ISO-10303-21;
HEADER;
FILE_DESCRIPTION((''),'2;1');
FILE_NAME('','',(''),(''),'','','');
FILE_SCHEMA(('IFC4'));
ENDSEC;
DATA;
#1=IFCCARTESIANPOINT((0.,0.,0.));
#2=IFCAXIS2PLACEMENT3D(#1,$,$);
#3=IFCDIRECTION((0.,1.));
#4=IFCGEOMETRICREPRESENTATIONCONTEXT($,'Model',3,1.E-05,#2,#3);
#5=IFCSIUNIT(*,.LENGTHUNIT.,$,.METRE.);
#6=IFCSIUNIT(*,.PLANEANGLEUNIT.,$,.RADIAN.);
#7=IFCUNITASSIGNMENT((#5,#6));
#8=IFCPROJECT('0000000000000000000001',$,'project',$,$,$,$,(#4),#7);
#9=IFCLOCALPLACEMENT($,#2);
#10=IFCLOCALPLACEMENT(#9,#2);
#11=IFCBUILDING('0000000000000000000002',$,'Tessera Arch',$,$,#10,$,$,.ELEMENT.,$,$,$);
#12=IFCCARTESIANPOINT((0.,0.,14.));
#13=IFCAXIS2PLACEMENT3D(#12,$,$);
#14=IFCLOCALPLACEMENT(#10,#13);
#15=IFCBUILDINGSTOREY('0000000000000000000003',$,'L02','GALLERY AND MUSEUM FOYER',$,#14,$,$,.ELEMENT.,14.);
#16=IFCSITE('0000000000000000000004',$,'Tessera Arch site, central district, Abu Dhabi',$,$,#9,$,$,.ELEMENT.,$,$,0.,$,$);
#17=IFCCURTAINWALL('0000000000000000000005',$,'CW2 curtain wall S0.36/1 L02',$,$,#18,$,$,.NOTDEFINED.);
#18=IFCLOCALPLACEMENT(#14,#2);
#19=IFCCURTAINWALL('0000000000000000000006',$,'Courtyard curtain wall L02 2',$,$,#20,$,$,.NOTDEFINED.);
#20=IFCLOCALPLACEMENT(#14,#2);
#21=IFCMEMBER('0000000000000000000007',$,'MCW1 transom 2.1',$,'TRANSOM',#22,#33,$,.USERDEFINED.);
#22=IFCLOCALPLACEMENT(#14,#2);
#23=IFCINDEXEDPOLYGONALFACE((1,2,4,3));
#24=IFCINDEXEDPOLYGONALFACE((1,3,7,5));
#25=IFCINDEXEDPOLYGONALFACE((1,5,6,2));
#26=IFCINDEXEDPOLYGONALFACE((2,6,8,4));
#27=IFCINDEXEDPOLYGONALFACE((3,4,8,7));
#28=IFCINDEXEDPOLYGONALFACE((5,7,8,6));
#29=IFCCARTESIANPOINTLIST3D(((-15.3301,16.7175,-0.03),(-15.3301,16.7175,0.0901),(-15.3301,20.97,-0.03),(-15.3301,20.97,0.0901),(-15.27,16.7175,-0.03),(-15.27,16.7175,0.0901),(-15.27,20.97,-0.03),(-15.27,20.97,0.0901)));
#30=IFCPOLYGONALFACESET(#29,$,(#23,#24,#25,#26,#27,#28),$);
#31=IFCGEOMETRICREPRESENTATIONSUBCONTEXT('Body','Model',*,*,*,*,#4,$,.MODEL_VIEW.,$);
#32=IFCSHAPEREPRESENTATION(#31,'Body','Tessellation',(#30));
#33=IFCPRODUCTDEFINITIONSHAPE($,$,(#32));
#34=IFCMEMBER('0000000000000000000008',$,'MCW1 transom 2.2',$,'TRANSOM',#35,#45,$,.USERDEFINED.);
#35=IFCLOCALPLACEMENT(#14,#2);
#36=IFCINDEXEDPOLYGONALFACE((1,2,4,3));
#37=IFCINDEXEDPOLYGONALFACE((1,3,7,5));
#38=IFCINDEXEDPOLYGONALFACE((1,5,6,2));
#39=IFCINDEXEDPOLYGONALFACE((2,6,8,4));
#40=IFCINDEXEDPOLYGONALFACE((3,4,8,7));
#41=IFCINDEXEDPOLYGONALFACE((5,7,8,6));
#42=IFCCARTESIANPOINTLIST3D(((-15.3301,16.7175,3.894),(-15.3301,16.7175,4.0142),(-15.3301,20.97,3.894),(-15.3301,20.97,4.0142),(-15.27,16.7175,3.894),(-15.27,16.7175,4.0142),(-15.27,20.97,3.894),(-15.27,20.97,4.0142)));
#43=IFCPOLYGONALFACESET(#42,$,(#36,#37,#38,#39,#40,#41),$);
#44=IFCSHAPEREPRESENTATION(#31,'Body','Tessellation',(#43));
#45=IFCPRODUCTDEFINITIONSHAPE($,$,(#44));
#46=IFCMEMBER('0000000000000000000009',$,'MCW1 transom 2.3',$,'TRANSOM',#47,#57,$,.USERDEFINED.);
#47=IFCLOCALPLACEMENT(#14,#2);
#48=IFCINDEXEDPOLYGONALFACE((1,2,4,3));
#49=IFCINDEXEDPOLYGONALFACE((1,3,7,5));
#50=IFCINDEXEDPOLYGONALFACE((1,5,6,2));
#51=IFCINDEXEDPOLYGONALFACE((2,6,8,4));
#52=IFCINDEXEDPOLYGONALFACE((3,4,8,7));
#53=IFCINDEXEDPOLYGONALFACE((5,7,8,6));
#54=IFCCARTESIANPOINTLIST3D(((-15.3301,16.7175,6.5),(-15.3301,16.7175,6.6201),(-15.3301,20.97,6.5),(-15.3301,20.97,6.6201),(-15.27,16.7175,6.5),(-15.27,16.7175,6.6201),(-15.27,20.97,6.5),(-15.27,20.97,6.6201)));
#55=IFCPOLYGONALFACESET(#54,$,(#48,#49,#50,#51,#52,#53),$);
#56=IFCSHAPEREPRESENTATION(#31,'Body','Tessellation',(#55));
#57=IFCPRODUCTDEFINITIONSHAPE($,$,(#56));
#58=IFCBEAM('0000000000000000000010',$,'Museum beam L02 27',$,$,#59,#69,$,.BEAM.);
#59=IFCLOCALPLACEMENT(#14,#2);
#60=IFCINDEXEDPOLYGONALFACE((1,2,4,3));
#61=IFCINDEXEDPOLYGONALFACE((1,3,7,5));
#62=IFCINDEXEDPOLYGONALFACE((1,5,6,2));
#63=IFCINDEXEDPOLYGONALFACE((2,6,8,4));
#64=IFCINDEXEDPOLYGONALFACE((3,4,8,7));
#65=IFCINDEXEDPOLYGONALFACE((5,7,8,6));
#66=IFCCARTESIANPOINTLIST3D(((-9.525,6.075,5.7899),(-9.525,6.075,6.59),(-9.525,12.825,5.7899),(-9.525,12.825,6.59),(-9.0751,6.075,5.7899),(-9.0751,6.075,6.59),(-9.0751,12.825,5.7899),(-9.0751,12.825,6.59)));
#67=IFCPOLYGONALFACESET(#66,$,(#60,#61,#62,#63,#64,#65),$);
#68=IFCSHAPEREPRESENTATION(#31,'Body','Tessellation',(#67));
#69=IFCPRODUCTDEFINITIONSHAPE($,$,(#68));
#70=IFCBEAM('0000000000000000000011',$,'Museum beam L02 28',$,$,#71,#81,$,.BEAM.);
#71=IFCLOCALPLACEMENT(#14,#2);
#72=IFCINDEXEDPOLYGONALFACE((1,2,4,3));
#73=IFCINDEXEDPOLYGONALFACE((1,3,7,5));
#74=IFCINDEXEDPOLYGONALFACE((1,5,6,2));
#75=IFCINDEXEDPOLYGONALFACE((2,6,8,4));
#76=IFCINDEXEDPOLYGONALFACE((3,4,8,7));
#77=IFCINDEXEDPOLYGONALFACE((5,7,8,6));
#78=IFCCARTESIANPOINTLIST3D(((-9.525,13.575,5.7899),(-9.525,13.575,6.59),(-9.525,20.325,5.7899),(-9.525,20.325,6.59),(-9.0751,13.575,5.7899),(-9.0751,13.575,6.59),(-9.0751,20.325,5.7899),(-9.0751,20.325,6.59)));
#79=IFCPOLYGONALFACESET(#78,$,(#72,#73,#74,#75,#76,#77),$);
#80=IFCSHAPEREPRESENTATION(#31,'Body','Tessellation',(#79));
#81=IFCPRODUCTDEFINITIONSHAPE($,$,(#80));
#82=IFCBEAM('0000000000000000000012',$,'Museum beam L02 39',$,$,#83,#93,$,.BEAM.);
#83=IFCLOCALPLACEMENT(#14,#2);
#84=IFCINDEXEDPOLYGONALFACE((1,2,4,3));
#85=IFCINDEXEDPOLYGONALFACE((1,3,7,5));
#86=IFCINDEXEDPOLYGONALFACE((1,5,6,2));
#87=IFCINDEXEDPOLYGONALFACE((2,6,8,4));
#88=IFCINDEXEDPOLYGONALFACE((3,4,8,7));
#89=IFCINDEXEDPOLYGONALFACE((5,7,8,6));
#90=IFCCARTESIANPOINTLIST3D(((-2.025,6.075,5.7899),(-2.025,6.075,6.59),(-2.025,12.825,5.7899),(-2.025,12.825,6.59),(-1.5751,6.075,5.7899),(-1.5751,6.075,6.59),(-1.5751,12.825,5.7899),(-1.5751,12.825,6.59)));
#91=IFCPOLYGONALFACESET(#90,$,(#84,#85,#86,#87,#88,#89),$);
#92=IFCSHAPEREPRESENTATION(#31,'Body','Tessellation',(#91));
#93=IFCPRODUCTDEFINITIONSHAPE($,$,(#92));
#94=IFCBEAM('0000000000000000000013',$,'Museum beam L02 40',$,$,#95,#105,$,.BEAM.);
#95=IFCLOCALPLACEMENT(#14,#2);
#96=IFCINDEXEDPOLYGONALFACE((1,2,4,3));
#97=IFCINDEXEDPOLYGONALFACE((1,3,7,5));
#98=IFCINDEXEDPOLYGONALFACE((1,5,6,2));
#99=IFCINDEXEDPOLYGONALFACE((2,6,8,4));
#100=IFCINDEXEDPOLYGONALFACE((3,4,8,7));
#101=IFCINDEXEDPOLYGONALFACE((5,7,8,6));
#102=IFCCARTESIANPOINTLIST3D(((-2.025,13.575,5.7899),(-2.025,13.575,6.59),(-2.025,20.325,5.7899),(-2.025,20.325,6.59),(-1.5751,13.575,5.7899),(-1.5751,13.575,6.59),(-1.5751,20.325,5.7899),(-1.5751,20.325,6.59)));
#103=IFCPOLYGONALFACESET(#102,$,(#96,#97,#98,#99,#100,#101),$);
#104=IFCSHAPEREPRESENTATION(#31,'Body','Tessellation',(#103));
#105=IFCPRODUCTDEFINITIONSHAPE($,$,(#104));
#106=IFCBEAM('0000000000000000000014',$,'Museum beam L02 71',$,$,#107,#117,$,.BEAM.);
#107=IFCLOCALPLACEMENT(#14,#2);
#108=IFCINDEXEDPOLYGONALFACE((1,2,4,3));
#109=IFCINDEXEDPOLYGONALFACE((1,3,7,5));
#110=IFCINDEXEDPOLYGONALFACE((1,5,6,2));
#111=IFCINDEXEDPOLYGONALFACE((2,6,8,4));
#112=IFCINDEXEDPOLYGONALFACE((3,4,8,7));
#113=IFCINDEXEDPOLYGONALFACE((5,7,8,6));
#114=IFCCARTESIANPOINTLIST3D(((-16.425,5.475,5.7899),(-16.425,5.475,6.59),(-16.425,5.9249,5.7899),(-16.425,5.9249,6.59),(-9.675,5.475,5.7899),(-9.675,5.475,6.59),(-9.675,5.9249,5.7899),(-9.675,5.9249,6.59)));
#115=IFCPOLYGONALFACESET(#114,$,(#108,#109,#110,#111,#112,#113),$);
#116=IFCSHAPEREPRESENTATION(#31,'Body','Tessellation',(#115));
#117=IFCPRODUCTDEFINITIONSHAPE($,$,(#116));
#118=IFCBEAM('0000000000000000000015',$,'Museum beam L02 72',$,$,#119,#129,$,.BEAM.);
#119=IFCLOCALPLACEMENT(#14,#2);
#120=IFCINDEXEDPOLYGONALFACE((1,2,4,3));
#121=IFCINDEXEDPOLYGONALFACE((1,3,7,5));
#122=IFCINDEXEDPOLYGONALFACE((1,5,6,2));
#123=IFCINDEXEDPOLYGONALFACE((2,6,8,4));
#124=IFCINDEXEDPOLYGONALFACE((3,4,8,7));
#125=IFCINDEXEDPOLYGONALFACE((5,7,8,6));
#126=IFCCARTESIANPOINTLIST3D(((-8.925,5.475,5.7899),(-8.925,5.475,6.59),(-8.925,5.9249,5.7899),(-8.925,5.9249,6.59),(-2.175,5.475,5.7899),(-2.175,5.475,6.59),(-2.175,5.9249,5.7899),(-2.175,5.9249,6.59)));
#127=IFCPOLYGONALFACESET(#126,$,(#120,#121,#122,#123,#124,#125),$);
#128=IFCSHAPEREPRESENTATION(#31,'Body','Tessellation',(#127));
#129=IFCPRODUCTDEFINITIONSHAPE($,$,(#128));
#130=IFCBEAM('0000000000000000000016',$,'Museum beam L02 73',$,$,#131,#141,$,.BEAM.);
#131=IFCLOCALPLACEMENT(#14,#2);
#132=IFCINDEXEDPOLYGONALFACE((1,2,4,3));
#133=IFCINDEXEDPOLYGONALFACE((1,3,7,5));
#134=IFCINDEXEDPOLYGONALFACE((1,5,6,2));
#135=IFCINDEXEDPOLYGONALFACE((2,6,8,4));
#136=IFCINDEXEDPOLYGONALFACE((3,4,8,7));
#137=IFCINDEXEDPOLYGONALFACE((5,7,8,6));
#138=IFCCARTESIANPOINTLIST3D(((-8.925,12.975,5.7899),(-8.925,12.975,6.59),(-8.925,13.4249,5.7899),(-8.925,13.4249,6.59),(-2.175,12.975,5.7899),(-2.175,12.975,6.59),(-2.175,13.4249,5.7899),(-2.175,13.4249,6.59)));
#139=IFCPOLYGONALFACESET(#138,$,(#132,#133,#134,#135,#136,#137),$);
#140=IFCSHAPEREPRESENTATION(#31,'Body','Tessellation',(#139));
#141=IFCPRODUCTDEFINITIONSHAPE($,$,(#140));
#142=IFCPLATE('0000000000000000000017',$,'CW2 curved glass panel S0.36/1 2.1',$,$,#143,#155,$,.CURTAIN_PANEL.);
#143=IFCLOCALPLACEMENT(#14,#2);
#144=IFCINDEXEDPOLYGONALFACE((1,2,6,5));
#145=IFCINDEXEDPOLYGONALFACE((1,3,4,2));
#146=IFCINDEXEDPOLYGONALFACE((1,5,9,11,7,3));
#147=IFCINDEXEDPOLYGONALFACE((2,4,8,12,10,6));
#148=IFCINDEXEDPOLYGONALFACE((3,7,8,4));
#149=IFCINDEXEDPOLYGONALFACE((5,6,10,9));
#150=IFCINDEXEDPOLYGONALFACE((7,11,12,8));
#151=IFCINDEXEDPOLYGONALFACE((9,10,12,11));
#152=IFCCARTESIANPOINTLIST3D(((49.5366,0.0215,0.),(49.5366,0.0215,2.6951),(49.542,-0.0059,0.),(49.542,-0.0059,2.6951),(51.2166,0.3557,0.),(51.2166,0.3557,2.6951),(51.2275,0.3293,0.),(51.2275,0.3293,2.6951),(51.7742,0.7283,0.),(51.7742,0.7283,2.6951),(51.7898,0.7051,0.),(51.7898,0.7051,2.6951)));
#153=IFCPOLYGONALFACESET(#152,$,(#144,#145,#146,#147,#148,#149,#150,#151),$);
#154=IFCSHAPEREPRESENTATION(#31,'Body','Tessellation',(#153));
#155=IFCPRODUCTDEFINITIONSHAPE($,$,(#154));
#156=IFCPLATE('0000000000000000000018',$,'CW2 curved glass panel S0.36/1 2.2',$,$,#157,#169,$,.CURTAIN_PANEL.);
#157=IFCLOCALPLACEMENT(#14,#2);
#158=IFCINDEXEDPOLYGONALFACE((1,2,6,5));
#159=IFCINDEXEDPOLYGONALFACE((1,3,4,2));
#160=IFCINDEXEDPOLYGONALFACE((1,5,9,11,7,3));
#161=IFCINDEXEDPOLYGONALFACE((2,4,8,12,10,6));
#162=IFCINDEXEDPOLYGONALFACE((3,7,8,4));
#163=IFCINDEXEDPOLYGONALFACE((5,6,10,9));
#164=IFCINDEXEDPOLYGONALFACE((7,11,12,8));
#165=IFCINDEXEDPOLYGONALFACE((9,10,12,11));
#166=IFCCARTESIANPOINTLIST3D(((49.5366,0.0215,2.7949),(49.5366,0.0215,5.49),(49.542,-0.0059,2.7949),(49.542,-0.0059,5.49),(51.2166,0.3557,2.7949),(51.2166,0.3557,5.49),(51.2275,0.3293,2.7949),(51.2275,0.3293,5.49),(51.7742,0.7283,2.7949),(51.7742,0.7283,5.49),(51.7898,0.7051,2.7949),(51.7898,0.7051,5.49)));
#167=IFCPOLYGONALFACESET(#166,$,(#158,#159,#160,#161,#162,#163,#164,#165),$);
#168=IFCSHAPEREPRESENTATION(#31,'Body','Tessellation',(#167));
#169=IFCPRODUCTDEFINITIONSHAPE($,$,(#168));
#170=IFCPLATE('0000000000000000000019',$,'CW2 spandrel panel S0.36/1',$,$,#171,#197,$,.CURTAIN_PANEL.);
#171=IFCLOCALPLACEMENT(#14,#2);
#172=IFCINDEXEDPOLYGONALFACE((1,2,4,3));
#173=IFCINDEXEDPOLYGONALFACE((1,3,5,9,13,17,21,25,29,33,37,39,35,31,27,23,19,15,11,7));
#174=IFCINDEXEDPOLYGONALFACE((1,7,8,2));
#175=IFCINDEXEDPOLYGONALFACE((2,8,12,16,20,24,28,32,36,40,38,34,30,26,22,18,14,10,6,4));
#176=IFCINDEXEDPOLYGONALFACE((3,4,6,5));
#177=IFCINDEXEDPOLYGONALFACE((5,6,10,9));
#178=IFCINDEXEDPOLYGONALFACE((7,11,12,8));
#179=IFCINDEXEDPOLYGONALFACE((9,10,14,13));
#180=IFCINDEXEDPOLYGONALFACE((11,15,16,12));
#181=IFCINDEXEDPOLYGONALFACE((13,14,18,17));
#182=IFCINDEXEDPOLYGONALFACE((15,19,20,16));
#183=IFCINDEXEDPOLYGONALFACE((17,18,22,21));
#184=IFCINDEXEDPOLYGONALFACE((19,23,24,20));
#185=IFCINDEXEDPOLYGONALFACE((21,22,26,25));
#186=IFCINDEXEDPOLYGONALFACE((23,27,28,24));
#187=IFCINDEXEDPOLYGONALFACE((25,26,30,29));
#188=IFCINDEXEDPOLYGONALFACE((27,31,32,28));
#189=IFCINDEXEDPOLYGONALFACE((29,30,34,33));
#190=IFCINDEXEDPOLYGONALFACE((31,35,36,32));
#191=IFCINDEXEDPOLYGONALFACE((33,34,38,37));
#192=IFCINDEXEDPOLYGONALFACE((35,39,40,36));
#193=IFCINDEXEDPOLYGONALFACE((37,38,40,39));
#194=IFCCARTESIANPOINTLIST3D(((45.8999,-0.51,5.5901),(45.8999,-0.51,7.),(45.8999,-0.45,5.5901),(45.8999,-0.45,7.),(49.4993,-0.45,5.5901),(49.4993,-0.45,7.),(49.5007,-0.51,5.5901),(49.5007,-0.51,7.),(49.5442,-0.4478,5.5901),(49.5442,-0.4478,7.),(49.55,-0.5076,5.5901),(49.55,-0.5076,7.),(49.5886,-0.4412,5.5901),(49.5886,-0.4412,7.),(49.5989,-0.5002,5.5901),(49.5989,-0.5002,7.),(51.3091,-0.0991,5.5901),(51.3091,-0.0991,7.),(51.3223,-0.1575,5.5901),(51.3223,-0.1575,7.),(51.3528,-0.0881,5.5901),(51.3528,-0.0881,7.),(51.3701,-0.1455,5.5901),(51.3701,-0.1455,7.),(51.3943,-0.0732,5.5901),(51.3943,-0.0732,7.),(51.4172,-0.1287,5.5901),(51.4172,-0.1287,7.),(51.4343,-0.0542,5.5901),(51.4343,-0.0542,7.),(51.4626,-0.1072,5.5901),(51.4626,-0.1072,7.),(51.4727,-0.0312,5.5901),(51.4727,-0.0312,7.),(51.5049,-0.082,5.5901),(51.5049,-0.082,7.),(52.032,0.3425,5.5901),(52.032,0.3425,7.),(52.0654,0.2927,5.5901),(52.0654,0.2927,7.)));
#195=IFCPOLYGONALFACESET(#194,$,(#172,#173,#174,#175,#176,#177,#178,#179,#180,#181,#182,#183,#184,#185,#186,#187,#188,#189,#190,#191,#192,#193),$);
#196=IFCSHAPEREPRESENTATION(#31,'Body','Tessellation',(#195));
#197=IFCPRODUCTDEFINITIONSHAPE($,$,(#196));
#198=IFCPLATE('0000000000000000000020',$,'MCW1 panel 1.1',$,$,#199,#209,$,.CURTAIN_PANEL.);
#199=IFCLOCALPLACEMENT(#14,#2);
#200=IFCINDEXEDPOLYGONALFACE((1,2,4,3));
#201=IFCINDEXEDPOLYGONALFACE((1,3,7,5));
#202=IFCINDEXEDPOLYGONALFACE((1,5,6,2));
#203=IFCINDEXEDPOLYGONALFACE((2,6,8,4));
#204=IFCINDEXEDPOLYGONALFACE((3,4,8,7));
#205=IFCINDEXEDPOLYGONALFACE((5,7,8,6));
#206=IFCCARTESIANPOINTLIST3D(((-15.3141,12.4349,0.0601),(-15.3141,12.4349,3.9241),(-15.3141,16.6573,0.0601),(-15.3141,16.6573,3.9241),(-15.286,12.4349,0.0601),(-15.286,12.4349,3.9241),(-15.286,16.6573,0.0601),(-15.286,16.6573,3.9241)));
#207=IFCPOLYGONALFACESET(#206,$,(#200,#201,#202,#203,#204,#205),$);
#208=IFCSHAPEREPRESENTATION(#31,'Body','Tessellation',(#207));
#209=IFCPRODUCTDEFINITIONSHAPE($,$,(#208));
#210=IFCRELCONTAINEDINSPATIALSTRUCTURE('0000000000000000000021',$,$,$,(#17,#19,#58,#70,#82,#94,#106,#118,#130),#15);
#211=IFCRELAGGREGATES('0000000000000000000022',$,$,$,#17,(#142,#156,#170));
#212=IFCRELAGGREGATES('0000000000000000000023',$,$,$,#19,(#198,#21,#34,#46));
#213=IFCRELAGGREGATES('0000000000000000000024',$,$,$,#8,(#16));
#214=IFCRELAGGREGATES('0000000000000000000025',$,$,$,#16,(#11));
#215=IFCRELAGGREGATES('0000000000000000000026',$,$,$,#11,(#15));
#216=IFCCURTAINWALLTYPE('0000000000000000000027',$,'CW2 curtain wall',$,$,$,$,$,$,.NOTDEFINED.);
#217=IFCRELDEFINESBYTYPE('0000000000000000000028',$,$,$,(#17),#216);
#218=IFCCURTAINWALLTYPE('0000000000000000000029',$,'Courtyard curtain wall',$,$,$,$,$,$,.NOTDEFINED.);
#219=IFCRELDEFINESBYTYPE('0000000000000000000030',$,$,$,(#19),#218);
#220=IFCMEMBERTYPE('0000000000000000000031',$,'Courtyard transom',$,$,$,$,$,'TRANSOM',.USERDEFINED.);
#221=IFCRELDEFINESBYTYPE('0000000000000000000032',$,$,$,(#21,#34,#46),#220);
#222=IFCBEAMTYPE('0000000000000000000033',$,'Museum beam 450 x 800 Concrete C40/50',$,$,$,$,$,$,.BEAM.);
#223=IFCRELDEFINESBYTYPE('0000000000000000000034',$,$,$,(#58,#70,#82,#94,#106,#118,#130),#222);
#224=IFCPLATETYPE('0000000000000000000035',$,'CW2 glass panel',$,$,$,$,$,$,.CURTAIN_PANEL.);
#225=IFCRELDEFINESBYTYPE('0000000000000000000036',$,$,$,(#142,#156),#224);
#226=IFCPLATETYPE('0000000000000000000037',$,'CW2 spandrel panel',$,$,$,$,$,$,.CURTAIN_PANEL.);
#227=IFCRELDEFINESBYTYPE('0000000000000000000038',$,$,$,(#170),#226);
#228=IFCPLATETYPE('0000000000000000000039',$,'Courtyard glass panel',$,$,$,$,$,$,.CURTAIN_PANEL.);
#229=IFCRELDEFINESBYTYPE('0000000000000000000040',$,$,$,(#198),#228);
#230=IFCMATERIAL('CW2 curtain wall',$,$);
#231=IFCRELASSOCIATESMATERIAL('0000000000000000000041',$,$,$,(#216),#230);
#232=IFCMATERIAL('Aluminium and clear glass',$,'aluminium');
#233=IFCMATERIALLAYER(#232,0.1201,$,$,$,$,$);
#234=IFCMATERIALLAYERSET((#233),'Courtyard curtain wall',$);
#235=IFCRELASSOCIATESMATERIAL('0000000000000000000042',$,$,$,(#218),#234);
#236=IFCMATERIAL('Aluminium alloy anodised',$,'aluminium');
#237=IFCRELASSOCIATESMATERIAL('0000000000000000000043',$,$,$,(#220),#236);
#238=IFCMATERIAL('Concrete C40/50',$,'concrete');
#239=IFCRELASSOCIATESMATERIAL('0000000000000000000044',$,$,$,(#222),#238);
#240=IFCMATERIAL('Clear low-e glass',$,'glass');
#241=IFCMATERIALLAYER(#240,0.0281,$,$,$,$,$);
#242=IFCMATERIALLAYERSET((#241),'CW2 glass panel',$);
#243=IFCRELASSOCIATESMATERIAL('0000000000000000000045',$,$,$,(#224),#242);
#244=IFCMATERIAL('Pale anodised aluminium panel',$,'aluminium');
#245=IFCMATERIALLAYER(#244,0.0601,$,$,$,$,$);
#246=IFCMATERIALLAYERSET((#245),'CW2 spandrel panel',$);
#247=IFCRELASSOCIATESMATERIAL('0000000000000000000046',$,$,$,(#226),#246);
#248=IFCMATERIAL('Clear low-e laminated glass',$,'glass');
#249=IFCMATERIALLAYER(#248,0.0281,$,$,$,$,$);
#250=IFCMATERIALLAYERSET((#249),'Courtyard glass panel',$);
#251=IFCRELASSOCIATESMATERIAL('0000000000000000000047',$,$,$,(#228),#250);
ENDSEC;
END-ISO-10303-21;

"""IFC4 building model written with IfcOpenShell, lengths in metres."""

from ifc_helpers import new_model, si_unit, direction, frame, origin, origin_2d, place, context, subcontext, project, spatial, polyline, rectangle, outline, extrude, material, layer, layer_set, material_profile, profile_set, type_object, element, aggregate, save


model = new_model("IFC4")

# Units and contexts
model_context = context("Model", 3, precision=1e-05, world=origin(), true_north=direction((0.0, 1.0)))
body_context = subcontext(model_context, "Body", "Model", "MODEL_VIEW")
ifc_project = project(units=[si_unit("LENGTHUNIT", "METRE"), si_unit("PLANEANGLEUNIT", "RADIAN")], contexts=[model_context])

# Site, building, storey
site_placement = place(None, origin())
site = spatial("IfcSite", under=ifc_project, at=site_placement, Name="Tessera Arch site, central district, Abu Dhabi", CompositionType="ELEMENT", RefElevation=0.0)
building_placement = place(site_placement, origin())
building = spatial("IfcBuilding", under=site, at=building_placement, Name="Tessera Arch", CompositionType="ELEMENT")
storey_placement = place(building_placement, frame((0.0, 0.0, 14.0)))
storey = spatial("IfcBuildingStorey", under=building, at=storey_placement, Name="L02", Description="GALLERY AND MUSEUM FOYER", CompositionType="ELEMENT", Elevation=14.0)

# Curtain wall
ifc_material_1 = material(Name="CW2 curtain wall")
curtain_wall_type_1 = type_object("IfcCurtainWallType", Name="CW2 curtain wall", PredefinedType="NOTDEFINED", material=ifc_material_1)
curtain_wall_1_placement = place(storey_placement, origin())
curtain_wall_1 = element("IfcCurtainWall", 1, at=curtain_wall_1_placement, inside=storey, type_object=curtain_wall_type_1, Name="CW2 curtain wall S0.36/1 L02", PredefinedType="NOTDEFINED")

# Shared definitions
ifc_material_2 = material(Name="Aluminium and clear glass", Category="aluminium")
ifc_layer_1 = layer(ifc_material_2, 0.1201)
ifc_layer_set_1 = layer_set([ifc_layer_1], Name="Courtyard curtain wall")
curtain_wall_type_2 = type_object("IfcCurtainWallType", Name="Courtyard curtain wall", PredefinedType="NOTDEFINED", material=ifc_layer_set_1)

# Curtain wall, members
curtain_wall_2_placement = place(storey_placement, origin())
curtain_wall_2 = element("IfcCurtainWall", 2, at=curtain_wall_2_placement, inside=storey, type_object=curtain_wall_type_2, Name="Courtyard curtain wall L02 2", PredefinedType="NOTDEFINED")
ifc_material_3 = material(Name="Aluminium alloy anodised", Category="aluminium")
ifc_material_profile_1 = material_profile(ifc_material_3, rectangle(XDim=0.0601, YDim=0.1201, at=origin_2d()), Name="Courtyard transom")
ifc_profile_set_1 = profile_set([ifc_material_profile_1], Name="Aluminium alloy anodised")
member_type_1 = type_object("IfcMemberType", Name="Courtyard transom", ElementType="TRANSOM", PredefinedType="USERDEFINED", material=ifc_profile_set_1)
member_1_placement = place(storey_placement, frame((-15.3, 16.7175, 0.03), z_axis=(0.0, 1.0, 0.0), x_axis=(-1.0, 0.0, 0.0)))
member_1 = element("IfcMember", 3, at=member_1_placement, type_object=member_type_1, Name="MCW1 transom 2.1", ObjectType="TRANSOM", PredefinedType="USERDEFINED", context=body_context, shape_type="SweptSolid", body=[
    extrude(rectangle(XDim=0.0601, YDim=0.1201, at=origin_2d()), origin(), (0.0, 0.0, 1.0), 4.2524),
])
member_2_placement = place(storey_placement, frame((-15.3, 16.7175, 3.9541), z_axis=(0.0, 1.0, 0.0), x_axis=(-1.0, 0.0, 0.0)))
member_2 = element("IfcMember", 4, at=member_2_placement, type_object=member_type_1, Name="MCW1 transom 2.2", ObjectType="TRANSOM", PredefinedType="USERDEFINED", context=body_context, shape_type="SweptSolid", body=[
    extrude(rectangle(XDim=0.0601, YDim=0.1201, at=origin_2d()), origin(), (0.0, 0.0, 1.0), 4.2524),
])
member_3_placement = place(storey_placement, frame((-15.3, 16.7175, 6.5601), z_axis=(0.0, 1.0, 0.0), x_axis=(-1.0, 0.0, 0.0)))
member_3 = element("IfcMember", 5, at=member_3_placement, type_object=member_type_1, Name="MCW1 transom 2.3", ObjectType="TRANSOM", PredefinedType="USERDEFINED", context=body_context, shape_type="SweptSolid", body=[
    extrude(rectangle(XDim=0.0601, YDim=0.1201, at=origin_2d()), origin(), (0.0, 0.0, 1.0), 4.2524),
])

# Beams
ifc_material_4 = material(Name="Concrete C40/50", Category="concrete")
ifc_material_profile_2 = material_profile(ifc_material_4, rectangle(XDim=0.45, YDim=0.8, at=origin_2d()), Name="Museum beam 450 x 800 Concrete C40/50")
ifc_profile_set_2 = profile_set([ifc_material_profile_2], Name="Concrete C40/50")
beam_type = type_object("IfcBeamType", Name="Museum beam 450 x 800 Concrete C40/50", PredefinedType="BEAM", material=ifc_profile_set_2)
for number, where, z_axis, x_axis, name in (
    (6, (-9.3, 6.075, 6.1899), (0.0, 1.0, 0.0), (-1.0, 0.0, 0.0), "Museum beam L02 27"),
    (7, (-9.3, 13.575, 6.1899), (0.0, 1.0, 0.0), (-1.0, 0.0, 0.0), "Museum beam L02 28"),
    (8, (-1.8, 6.075, 6.1899), (0.0, 1.0, 0.0), (-1.0, 0.0, 0.0), "Museum beam L02 39"),
    (9, (-1.8, 13.575, 6.1899), (0.0, 1.0, 0.0), (-1.0, 0.0, 0.0), "Museum beam L02 40"),
    (10, (-16.425, 5.7, 6.1899), (1.0, 0.0, 0.0), (0.0, 1.0, 0.0), "Museum beam L02 71"),
    (11, (-8.925, 5.7, 6.1899), (1.0, 0.0, 0.0), (0.0, 1.0, 0.0), "Museum beam L02 72"),
    (12, (-8.925, 13.2, 6.1899), (1.0, 0.0, 0.0), (0.0, 1.0, 0.0), "Museum beam L02 73"),
):
    element("IfcBeam", number, at=place(storey_placement, frame(where, z_axis=z_axis, x_axis=x_axis)), inside=storey, type_object=beam_type, Name=name, PredefinedType="BEAM", context=body_context, shape_type="SweptSolid", body=[
        extrude(rectangle(XDim=0.45, YDim=0.8, at=origin_2d()), origin(), (0.0, 0.0, 1.0), 6.75),
    ])

# Plates
ifc_material_5 = material(Name="Clear low-e glass", Category="glass")
ifc_layer_2 = layer(ifc_material_5, 0.0281)
ifc_layer_set_2 = layer_set([ifc_layer_2], Name="CW2 glass panel")
plate_type_1 = type_object("IfcPlateType", Name="CW2 glass panel", PredefinedType="CURTAIN_PANEL", material=ifc_layer_set_2)
plate_1_placement = place(storey_placement, origin())
plate_1 = element("IfcPlate", 13, at=plate_1_placement, type_object=plate_type_1, Name="CW2 curved glass panel S0.36/1 2.1", PredefinedType="CURTAIN_PANEL", context=body_context, shape_type="SweptSolid", body=[
    extrude(outline(polyline([(51.2166, 0.3557), (49.5366, 0.0215), (49.542, -0.0059), (51.2275, 0.3293), (51.7898, 0.7051), (51.7742, 0.7283), (51.2166, 0.3557)])), origin(), (0.0, 0.0, 1.0), 2.6951),
])
plate_2_placement = place(storey_placement, frame((0.0, 0.0, 2.7949)))
plate_2 = element("IfcPlate", 14, at=plate_2_placement, type_object=plate_type_1, Name="CW2 curved glass panel S0.36/1 2.2", PredefinedType="CURTAIN_PANEL", context=body_context, shape_type="SweptSolid", body=[
    extrude(outline(polyline([(51.2166, 0.3557), (49.5366, 0.0215), (49.542, -0.0059), (51.2275, 0.3293), (51.7898, 0.7051), (51.7742, 0.7283), (51.2166, 0.3557)])), origin(), (0.0, 0.0, 1.0), 2.6951),
])
ifc_material_6 = material(Name="Pale anodised aluminium panel", Category="aluminium")
ifc_layer_3 = layer(ifc_material_6, 0.0601)
ifc_layer_set_3 = layer_set([ifc_layer_3], Name="CW2 spandrel panel")
plate_type_2 = type_object("IfcPlateType", Name="CW2 spandrel panel", PredefinedType="CURTAIN_PANEL", material=ifc_layer_set_3)
plate_3_placement = place(storey_placement, frame((0.0, 0.0, 5.5901)))
plate_3 = element("IfcPlate", 15, at=plate_3_placement, type_object=plate_type_2, Name="CW2 spandrel panel S0.36/1", PredefinedType="CURTAIN_PANEL", context=body_context, shape_type="SweptSolid", body=[
    extrude(outline(polyline([(49.4993, -0.45), (45.8999, -0.45), (45.8999, -0.51), (49.5007, -0.51), (49.55, -0.5076), (49.5989, -0.5002), (51.3223, -0.1575), (51.3701, -0.1455), (51.4172, -0.1287), (51.4626, -0.1072), (51.5049, -0.082), (52.0654, 0.2927), (52.032, 0.3425), (51.4727, -0.0312), (51.4343, -0.0542), (51.3943, -0.0732), (51.3528, -0.0881), (51.3091, -0.0991), (49.5886, -0.4412), (49.5442, -0.4478), (49.4993, -0.45)])), origin(), (0.0, 0.0, 1.0), 1.4099),
])
aggregate(curtain_wall_1, [plate_1, plate_2, plate_3])
ifc_material_7 = material(Name="Clear low-e laminated glass", Category="glass")
ifc_layer_4 = layer(ifc_material_7, 0.0281)
ifc_layer_set_4 = layer_set([ifc_layer_4], Name="Courtyard glass panel")
plate_type_3 = type_object("IfcPlateType", Name="Courtyard glass panel", PredefinedType="CURTAIN_PANEL", material=ifc_layer_set_4)
plate_4_placement = place(storey_placement, frame((-15.3, 14.5461, 0.0601), z_axis=(0.0, 0.0, 1.0), x_axis=(0.0, 1.0, 0.0)))
plate_4 = element("IfcPlate", 16, at=plate_4_placement, type_object=plate_type_3, Name="MCW1 panel 1.1", PredefinedType="CURTAIN_PANEL", context=body_context, shape_type="SweptSolid", body=[
    extrude(rectangle(XDim=4.2224, YDim=0.0281, at=origin_2d()), origin(), (0.0, 0.0, 1.0), 3.864),
])
aggregate(curtain_wall_2, [plate_4, member_1, member_2, member_3])

save(model, "model.ifc")
